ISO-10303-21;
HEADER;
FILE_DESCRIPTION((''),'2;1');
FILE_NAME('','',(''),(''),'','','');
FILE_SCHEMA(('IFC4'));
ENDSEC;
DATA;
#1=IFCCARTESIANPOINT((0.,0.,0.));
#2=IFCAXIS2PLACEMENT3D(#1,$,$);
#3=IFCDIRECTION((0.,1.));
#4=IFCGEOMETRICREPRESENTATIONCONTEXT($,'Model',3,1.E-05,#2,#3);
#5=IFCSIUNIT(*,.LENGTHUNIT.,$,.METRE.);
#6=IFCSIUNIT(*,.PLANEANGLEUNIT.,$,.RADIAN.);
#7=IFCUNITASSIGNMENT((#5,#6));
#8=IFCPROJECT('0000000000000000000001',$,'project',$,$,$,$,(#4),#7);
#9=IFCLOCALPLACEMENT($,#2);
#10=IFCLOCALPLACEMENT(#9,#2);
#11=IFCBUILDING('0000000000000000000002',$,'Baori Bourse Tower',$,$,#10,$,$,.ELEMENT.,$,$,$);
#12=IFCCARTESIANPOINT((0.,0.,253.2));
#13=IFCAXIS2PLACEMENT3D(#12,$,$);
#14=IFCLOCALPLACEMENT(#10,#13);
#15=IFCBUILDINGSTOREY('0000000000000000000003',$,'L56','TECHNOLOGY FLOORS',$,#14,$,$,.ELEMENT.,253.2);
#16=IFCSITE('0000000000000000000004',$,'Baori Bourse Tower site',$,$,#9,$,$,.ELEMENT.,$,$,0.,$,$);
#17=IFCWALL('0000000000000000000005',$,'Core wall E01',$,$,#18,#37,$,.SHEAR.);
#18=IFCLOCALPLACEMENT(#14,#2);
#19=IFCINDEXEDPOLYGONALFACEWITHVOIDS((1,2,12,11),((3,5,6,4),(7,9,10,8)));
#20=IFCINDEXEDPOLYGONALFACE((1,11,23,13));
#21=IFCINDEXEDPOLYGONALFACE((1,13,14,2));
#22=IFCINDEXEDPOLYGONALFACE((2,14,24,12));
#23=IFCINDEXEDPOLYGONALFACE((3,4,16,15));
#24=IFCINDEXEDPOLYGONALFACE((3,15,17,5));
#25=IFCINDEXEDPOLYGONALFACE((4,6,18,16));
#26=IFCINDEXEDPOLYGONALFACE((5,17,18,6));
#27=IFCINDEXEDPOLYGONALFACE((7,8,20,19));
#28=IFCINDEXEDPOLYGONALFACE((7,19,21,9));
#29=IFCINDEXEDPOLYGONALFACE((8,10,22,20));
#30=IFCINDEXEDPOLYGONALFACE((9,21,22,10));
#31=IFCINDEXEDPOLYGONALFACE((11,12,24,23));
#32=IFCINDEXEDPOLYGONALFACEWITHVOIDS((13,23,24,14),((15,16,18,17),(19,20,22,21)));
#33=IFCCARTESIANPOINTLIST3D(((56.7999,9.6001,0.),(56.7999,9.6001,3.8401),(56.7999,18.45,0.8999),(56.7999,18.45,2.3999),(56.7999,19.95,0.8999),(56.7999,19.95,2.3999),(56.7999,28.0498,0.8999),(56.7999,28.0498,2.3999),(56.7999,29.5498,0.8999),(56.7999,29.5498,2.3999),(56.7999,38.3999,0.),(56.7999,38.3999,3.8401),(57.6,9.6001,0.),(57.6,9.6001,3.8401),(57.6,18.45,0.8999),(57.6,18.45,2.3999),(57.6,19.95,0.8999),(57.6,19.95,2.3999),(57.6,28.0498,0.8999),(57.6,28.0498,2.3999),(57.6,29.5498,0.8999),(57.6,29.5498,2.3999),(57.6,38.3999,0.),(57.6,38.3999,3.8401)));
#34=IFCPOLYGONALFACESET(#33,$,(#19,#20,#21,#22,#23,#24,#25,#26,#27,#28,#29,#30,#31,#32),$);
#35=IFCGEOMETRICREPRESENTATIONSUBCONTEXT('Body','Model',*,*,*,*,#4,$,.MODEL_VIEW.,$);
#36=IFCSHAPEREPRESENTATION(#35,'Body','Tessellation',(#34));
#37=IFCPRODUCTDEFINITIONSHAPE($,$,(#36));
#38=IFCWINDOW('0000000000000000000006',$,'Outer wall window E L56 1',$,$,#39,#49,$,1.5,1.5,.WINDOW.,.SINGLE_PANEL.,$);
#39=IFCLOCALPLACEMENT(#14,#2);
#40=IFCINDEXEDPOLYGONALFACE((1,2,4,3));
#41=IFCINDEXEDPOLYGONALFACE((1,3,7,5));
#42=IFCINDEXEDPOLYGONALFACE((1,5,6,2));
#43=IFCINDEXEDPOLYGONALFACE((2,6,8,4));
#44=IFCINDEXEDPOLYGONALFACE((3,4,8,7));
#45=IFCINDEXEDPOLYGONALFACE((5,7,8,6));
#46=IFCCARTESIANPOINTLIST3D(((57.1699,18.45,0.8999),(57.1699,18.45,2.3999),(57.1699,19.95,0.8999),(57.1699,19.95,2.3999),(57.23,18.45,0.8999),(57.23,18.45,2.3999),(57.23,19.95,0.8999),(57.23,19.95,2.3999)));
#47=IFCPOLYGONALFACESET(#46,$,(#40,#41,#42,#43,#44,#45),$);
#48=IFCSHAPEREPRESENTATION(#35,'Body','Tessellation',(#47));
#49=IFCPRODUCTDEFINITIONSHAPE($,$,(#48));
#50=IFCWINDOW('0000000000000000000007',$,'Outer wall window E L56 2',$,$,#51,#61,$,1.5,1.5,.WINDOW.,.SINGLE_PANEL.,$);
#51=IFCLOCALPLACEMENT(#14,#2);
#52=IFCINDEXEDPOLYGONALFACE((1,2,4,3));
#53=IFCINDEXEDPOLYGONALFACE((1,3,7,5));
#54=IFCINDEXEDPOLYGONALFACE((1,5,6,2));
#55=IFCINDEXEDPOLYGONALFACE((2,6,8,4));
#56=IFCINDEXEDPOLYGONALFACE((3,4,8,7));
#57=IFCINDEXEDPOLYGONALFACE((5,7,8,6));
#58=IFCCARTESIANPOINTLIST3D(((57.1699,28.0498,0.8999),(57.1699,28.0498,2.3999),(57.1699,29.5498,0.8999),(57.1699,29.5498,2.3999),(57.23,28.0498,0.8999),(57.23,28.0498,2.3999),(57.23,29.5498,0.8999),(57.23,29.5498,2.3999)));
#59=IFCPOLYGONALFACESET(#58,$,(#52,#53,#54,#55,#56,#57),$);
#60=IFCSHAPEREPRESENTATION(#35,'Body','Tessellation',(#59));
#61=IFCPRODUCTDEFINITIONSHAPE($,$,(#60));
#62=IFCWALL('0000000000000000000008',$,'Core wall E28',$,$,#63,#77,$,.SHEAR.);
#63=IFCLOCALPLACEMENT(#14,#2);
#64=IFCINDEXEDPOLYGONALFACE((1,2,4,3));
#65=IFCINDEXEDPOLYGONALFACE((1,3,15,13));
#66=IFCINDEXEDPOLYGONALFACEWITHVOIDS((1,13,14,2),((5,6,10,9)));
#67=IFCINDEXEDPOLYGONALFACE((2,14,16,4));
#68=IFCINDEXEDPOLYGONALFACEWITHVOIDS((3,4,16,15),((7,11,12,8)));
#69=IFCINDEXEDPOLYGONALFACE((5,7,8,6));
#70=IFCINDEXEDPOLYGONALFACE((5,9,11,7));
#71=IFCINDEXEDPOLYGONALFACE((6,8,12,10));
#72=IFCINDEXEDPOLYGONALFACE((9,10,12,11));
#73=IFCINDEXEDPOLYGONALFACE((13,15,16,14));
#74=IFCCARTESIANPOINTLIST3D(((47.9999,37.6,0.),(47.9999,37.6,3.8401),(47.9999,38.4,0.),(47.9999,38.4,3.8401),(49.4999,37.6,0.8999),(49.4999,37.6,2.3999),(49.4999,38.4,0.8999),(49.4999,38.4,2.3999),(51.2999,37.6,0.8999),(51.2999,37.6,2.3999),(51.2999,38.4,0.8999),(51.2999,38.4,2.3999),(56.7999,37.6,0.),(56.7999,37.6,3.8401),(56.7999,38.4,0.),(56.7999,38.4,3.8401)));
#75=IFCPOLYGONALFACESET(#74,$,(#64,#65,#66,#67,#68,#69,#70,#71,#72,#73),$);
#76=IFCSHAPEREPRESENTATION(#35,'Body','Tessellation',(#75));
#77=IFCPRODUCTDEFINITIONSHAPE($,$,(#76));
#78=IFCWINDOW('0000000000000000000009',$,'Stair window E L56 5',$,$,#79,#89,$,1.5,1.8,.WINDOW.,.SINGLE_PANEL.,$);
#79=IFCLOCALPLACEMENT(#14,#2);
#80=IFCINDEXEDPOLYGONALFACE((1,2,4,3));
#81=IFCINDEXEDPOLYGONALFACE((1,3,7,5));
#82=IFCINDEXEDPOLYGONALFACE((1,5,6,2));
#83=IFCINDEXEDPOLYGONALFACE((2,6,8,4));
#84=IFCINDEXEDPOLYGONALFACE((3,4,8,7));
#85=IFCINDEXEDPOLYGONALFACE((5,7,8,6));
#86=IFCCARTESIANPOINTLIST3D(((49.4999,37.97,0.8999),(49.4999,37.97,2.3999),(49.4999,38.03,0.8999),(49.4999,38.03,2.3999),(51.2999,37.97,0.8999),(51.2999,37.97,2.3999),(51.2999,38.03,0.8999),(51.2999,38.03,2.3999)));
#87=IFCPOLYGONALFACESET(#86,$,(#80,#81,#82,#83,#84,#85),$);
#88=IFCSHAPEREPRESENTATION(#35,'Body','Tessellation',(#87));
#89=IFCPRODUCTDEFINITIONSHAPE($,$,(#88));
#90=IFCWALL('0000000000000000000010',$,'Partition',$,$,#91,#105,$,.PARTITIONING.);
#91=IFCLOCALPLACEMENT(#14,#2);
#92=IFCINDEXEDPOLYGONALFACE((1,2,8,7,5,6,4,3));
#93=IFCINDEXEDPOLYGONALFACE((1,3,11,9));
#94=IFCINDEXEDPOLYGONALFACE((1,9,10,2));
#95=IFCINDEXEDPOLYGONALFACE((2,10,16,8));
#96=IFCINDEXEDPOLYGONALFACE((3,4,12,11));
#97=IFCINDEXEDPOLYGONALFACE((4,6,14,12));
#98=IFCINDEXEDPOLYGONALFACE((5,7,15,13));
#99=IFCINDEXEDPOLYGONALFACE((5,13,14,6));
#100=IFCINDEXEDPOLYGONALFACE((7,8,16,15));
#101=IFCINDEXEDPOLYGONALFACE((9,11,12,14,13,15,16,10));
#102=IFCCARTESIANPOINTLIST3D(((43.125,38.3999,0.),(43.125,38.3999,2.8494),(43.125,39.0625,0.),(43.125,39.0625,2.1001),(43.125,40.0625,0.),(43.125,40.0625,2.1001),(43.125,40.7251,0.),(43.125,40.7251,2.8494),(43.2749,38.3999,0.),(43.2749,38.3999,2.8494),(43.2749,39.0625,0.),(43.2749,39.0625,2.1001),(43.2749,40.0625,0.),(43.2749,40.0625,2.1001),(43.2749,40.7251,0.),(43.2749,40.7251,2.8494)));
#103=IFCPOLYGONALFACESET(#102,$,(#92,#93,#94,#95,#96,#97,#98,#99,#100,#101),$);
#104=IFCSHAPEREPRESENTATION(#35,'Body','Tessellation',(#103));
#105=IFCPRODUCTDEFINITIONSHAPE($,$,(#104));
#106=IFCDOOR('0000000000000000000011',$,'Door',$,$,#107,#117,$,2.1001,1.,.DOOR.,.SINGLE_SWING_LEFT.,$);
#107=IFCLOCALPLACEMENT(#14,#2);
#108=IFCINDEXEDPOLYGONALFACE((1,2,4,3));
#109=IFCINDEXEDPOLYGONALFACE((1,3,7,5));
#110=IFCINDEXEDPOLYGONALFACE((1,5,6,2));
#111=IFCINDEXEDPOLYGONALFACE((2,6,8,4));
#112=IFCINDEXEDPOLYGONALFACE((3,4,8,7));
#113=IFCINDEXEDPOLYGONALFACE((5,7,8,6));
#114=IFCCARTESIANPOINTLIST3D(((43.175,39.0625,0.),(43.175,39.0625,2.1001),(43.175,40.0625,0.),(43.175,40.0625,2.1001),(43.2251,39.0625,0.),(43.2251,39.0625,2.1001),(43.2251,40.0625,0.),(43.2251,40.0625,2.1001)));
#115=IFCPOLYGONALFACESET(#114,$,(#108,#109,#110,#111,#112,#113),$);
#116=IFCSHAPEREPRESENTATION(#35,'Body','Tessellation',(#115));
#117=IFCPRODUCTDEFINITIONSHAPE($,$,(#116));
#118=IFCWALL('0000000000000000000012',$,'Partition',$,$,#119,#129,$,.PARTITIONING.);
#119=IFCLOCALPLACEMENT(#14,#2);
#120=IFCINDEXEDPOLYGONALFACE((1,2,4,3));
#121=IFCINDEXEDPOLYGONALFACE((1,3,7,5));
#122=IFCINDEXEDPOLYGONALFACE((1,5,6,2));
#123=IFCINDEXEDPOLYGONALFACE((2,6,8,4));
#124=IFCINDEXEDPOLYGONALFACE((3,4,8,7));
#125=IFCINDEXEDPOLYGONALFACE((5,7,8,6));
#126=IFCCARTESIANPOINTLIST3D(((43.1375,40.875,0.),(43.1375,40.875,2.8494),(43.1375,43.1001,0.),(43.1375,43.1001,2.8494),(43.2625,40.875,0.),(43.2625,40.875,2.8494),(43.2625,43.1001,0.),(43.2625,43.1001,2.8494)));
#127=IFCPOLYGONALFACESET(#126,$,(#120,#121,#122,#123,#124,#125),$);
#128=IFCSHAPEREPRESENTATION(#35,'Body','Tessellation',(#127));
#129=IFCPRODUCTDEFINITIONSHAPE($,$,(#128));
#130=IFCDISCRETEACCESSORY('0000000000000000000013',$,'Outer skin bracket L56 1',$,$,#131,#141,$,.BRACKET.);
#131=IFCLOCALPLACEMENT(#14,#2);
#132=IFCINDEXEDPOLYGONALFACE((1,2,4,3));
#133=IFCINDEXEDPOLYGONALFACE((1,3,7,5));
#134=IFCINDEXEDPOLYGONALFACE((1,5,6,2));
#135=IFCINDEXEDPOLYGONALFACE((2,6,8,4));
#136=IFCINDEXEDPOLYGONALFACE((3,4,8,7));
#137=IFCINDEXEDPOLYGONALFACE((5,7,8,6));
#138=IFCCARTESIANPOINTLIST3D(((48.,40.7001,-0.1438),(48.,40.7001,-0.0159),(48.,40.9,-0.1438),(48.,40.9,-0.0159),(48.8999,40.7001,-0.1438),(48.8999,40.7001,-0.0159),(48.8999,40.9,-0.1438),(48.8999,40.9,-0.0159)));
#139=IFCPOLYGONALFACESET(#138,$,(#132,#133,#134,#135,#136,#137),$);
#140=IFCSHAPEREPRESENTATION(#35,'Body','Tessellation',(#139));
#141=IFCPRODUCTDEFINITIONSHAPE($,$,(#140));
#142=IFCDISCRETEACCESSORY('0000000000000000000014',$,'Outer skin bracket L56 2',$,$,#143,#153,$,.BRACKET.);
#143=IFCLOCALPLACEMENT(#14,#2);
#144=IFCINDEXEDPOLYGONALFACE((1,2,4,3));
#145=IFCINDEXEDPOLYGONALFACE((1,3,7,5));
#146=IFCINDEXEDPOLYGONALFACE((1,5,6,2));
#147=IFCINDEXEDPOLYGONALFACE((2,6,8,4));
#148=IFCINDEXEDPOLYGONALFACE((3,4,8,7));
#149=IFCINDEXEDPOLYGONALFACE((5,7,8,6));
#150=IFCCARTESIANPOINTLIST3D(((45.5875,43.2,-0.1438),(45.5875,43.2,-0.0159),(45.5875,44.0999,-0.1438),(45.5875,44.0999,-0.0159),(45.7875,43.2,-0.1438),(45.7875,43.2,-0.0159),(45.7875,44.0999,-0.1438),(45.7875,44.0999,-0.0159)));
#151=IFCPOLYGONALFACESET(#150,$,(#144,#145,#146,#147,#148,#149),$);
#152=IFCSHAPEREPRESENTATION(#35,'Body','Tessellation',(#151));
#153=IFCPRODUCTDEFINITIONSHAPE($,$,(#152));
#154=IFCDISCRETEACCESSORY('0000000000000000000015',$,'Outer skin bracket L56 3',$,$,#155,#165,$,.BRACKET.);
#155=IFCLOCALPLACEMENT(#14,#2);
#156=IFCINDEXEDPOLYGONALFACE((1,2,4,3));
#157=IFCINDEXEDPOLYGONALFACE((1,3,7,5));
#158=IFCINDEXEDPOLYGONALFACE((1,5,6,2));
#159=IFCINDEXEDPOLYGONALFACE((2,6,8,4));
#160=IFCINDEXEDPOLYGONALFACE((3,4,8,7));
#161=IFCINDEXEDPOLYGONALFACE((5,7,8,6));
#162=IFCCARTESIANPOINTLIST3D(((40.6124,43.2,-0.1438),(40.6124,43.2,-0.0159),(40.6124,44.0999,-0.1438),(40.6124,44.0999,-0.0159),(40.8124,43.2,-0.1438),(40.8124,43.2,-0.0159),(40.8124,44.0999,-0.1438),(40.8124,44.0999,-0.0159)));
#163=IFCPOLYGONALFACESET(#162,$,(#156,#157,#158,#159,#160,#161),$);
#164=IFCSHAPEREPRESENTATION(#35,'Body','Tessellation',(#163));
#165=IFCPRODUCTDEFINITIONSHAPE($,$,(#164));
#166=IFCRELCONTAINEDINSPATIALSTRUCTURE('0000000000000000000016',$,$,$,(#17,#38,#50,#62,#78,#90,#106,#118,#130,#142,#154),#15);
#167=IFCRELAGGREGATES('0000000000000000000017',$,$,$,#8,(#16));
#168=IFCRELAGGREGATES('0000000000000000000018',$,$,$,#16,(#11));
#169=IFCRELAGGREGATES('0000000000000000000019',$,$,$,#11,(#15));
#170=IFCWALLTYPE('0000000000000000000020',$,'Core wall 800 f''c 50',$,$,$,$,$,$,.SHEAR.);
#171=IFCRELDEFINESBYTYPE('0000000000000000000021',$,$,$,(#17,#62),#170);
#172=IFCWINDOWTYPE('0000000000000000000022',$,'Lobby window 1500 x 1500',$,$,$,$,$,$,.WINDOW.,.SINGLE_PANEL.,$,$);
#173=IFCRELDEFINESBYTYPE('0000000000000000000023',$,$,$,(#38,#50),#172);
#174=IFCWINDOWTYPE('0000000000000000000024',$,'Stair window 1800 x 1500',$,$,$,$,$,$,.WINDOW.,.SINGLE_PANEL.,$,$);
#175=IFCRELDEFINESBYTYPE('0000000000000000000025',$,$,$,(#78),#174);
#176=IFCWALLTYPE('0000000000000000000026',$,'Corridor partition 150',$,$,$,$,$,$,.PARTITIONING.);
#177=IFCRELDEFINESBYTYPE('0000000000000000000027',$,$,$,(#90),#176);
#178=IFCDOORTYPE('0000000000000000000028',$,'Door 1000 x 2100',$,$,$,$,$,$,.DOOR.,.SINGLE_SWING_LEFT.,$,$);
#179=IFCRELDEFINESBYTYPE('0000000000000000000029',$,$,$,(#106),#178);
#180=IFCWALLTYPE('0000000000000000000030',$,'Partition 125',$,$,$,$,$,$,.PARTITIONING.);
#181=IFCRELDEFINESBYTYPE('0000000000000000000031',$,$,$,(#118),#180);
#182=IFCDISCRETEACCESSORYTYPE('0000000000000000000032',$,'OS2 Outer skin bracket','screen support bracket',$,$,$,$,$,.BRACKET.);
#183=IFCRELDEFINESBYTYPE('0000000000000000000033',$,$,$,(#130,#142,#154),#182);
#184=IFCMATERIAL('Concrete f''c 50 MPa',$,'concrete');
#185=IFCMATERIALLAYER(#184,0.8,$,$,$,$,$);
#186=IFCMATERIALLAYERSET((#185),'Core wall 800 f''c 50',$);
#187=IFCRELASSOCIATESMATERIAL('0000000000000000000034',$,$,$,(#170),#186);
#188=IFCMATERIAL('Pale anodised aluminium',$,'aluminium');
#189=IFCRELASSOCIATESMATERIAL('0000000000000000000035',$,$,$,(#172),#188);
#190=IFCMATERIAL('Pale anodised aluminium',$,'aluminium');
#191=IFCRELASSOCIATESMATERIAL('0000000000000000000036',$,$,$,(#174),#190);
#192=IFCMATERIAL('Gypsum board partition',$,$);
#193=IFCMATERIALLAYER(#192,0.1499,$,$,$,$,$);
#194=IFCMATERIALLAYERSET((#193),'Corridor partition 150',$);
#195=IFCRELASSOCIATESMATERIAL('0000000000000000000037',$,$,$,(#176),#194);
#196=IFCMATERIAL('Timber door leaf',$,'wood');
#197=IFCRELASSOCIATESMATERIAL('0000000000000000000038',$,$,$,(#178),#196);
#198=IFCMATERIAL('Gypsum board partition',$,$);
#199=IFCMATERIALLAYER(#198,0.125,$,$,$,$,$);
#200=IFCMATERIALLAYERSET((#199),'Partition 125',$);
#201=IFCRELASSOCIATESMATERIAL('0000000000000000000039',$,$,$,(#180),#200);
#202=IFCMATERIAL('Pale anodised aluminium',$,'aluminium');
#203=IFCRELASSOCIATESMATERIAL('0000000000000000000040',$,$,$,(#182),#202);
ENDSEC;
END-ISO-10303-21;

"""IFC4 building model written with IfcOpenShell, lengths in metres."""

from ifc_helpers import new_model, si_unit, direction, frame, frame_2d, origin, origin_2d, place, context, subcontext, project, spatial, rectangle, extrude, material, layer, layer_set, type_object, element, fill, save


model = new_model("IFC4")

# Units and contexts
model_context = context("Model", 3, precision=1e-05, world=origin(), true_north=direction((0.0, 1.0)))
body_context = subcontext(model_context, "Body", "Model", "MODEL_VIEW")
ifc_project = project(units=[si_unit("LENGTHUNIT", "METRE"), si_unit("PLANEANGLEUNIT", "RADIAN")], contexts=[model_context])

# Site, building, storey
site_placement = place(None, origin())
site = spatial("IfcSite", under=ifc_project, at=site_placement, Name="Baori Bourse Tower site", CompositionType="ELEMENT", RefElevation=0.0)
building_placement = place(site_placement, origin())
building = spatial("IfcBuilding", under=site, at=building_placement, Name="Baori Bourse Tower", CompositionType="ELEMENT")
storey_placement = place(building_placement, frame((0.0, 0.0, 253.2)))
storey = spatial("IfcBuildingStorey", under=building, at=storey_placement, Name="L56", Description="TECHNOLOGY FLOORS", CompositionType="ELEMENT", Elevation=253.2)

# Wall, openings, windows
ifc_material_1 = material(Name="Concrete f'c 50 MPa", Category="concrete")
ifc_layer_1 = layer(ifc_material_1, 0.8)
ifc_layer_set_1 = layer_set([ifc_layer_1], Name="Core wall 800 f'c 50")
wall_type_1 = type_object("IfcWallType", Name="Core wall 800 f'c 50", PredefinedType="SHEAR", material=ifc_layer_set_1)
wall_1_placement = place(storey_placement, frame((57.2, 38.3999, 0.0), z_axis=(0.0, 0.0, 1.0), x_axis=(0.0, -1.0, 0.0)))
wall_1 = element("IfcWall", 1, at=wall_1_placement, inside=storey, type_object=wall_type_1, Name="Core wall E01", PredefinedType="SHEAR", context=body_context, shape_type="SweptSolid", body=[
    extrude(rectangle(XDim=28.7998, YDim=0.8, at=frame_2d((14.3999, 0.0))), origin(), (0.0, 0.0, 1.0), 3.8401),
])
opening_1_placement = place(wall_1_placement, frame((18.45, 0.0, 0.8999)))
opening_1 = element("IfcOpeningElement", 2, at=opening_1_placement, cuts=wall_1, PredefinedType="OPENING", context=body_context, shape_type="SweptSolid", body=[
    extrude(rectangle(XDim=1.5, YDim=1.5, at=frame_2d((0.75, 0.75))), frame((0.0, 0.4099, 0.0), z_axis=(0.0, -1.0, 0.0), x_axis=(1.0, 0.0, 0.0)), (0.0, 0.0, 1.0), 0.8201),
])
opening_2_placement = place(wall_1_placement, frame((8.8501, 0.0, 0.8999)))
opening_2 = element("IfcOpeningElement", 3, at=opening_2_placement, cuts=wall_1, PredefinedType="OPENING", context=body_context, shape_type="SweptSolid", body=[
    extrude(rectangle(XDim=1.5, YDim=1.5, at=frame_2d((0.75, 0.75))), frame((0.0, 0.4099, 0.0), z_axis=(0.0, -1.0, 0.0), x_axis=(1.0, 0.0, 0.0)), (0.0, 0.0, 1.0), 0.8201),
])
ifc_material_2 = material(Name="Pale anodised aluminium", Category="aluminium")
window_type_1 = type_object("IfcWindowType", Name="Lobby window 1500 x 1500", PartitioningType="SINGLE_PANEL", PredefinedType="WINDOW", material=ifc_material_2)
window_1_placement = place(opening_1_placement, origin())
window_1 = element("IfcWindow", 4, at=window_1_placement, inside=storey, type_object=window_type_1, Name="Outer wall window E L56 1", OverallHeight=1.5, OverallWidth=1.5, PartitioningType="SINGLE_PANEL", PredefinedType="WINDOW", context=body_context, shape_type="SweptSolid", body=[
    extrude(rectangle(XDim=1.5, YDim=1.5, at=frame_2d((0.75, 0.75))), frame((0.0, 0.03, 0.0), z_axis=(0.0, -1.0, 0.0), x_axis=(1.0, 0.0, 0.0)), (0.0, 0.0, 1.0), 0.0601),
])
fill(opening_1, window_1)
window_2_placement = place(opening_2_placement, origin())
window_2 = element("IfcWindow", 5, at=window_2_placement, inside=storey, type_object=window_type_1, Name="Outer wall window E L56 2", OverallHeight=1.5, OverallWidth=1.5, PartitioningType="SINGLE_PANEL", PredefinedType="WINDOW", context=body_context, shape_type="SweptSolid", body=[
    extrude(rectangle(XDim=1.5, YDim=1.5, at=frame_2d((0.75, 0.75))), frame((0.0, 0.03, 0.0), z_axis=(0.0, -1.0, 0.0), x_axis=(1.0, 0.0, 0.0)), (0.0, 0.0, 1.0), 0.0601),
])
fill(opening_2, window_2)

# Wall, opening, window
wall_2_placement = place(storey_placement, frame((48.0, 38.0, 0.0), z_axis=(0.0, 0.0, 1.0), x_axis=(1.0, 0.0, 0.0)))
wall_2 = element("IfcWall", 6, at=wall_2_placement, inside=storey, type_object=wall_type_1, Name="Core wall E28", PredefinedType="SHEAR", context=body_context, shape_type="SweptSolid", body=[
    extrude(rectangle(XDim=8.8, YDim=0.8, at=frame_2d((4.3999, 0.0))), origin(), (0.0, 0.0, 1.0), 3.8401),
])
opening_3_placement = place(wall_2_placement, frame((1.5, 0.0, 0.8999)))
opening_3 = element("IfcOpeningElement", 7, at=opening_3_placement, cuts=wall_2, PredefinedType="OPENING", context=body_context, shape_type="SweptSolid", body=[
    extrude(rectangle(XDim=1.8, YDim=1.5, at=frame_2d((0.8999, 0.75))), frame((0.0, 0.4099, 0.0), z_axis=(0.0, -1.0, 0.0), x_axis=(1.0, 0.0, 0.0)), (0.0, 0.0, 1.0), 0.8201),
])
ifc_material_3 = material(Name="Pale anodised aluminium", Category="aluminium")
window_type_2 = type_object("IfcWindowType", Name="Stair window 1800 x 1500", PartitioningType="SINGLE_PANEL", PredefinedType="WINDOW", material=ifc_material_3)
window_3_placement = place(opening_3_placement, origin())
window_3 = element("IfcWindow", 8, at=window_3_placement, inside=storey, type_object=window_type_2, Name="Stair window E L56 5", OverallHeight=1.5, OverallWidth=1.8, PartitioningType="SINGLE_PANEL", PredefinedType="WINDOW", context=body_context, shape_type="SweptSolid", body=[
    extrude(rectangle(XDim=1.8, YDim=1.5, at=frame_2d((0.8999, 0.75))), frame((0.0, 0.03, 0.0), z_axis=(0.0, -1.0, 0.0), x_axis=(1.0, 0.0, 0.0)), (0.0, 0.0, 1.0), 0.0601),
])
fill(opening_3, window_3)

# Wall, opening, door
ifc_material_4 = material(Name="Gypsum board partition")
ifc_layer_2 = layer(ifc_material_4, 0.1499)
ifc_layer_set_2 = layer_set([ifc_layer_2], Name="Corridor partition 150")
wall_type_2 = type_object("IfcWallType", Name="Corridor partition 150", PredefinedType="PARTITIONING", material=ifc_layer_set_2)
wall_3_placement = place(storey_placement, frame((43.2, 38.3999, 0.0), z_axis=(0.0, 0.0, 1.0), x_axis=(0.0, 1.0, 0.0)))
wall_3 = element("IfcWall", 9, at=wall_3_placement, inside=storey, type_object=wall_type_2, Name="Partition", PredefinedType="PARTITIONING", context=body_context, shape_type="SweptSolid", body=[
    extrude(rectangle(XDim=2.3252, YDim=0.1499, at=frame_2d((1.1626, 0.0))), origin(), (0.0, 0.0, 1.0), 2.8494),
])
opening_4_placement = place(wall_3_placement, frame((0.6626, 0.0, 0.0)))
opening_4 = element("IfcOpeningElement", 10, at=opening_4_placement, cuts=wall_3, PredefinedType="OPENING", context=body_context, shape_type="SweptSolid", body=[
    extrude(rectangle(XDim=1.0, YDim=2.1001, at=frame_2d((0.5, 1.05))), frame((0.0, 0.085, 0.0), z_axis=(0.0, -1.0, 0.0), x_axis=(1.0, 0.0, 0.0)), (0.0, 0.0, 1.0), 0.1699),
])
ifc_material_5 = material(Name="Timber door leaf", Category="wood")
door_type = type_object("IfcDoorType", Name="Door 1000 x 2100", OperationType="SINGLE_SWING_LEFT", PredefinedType="DOOR", material=ifc_material_5)
door_placement = place(opening_4_placement, origin())
door = element("IfcDoor", 11, at=door_placement, inside=storey, type_object=door_type, Name="Door", OperationType="SINGLE_SWING_LEFT", OverallHeight=2.1001, OverallWidth=1.0, PredefinedType="DOOR", context=body_context, shape_type="SweptSolid", body=[
    extrude(rectangle(XDim=1.0, YDim=2.1001, at=frame_2d((0.5, 1.05))), frame((0.0, 0.0249, 0.0), z_axis=(0.0, -1.0, 0.0), x_axis=(1.0, 0.0, 0.0)), (0.0, 0.0, 1.0), 0.05),
])
fill(opening_4, door)

# Wall
ifc_material_6 = material(Name="Gypsum board partition")
ifc_layer_3 = layer(ifc_material_6, 0.125)
ifc_layer_set_3 = layer_set([ifc_layer_3], Name="Partition 125")
wall_type_3 = type_object("IfcWallType", Name="Partition 125", PredefinedType="PARTITIONING", material=ifc_layer_set_3)
wall_4_placement = place(storey_placement, frame((43.2, 40.875, 0.0), z_axis=(0.0, 0.0, 1.0), x_axis=(0.0, 1.0, 0.0)))
element("IfcWall", 12, at=wall_4_placement, inside=storey, type_object=wall_type_3, Name="Partition", PredefinedType="PARTITIONING", context=body_context, shape_type="SweptSolid", body=[
    extrude(rectangle(XDim=2.2251, YDim=0.125, at=frame_2d((1.1125, 0.0))), origin(), (0.0, 0.0, 1.0), 2.8494),
])

# Discrete accessories
ifc_material_7 = material(Name="Pale anodised aluminium", Category="aluminium")
discrete_accessory_type = type_object("IfcDiscreteAccessoryType", Name="OS2 Outer skin bracket", Description="screen support bracket", PredefinedType="BRACKET", material=ifc_material_7)
for number, where, z_axis, x_axis, name in (
    (13, (48.45, 40.8, -0.1438), (0.0, 0.0, 1.0), (0.0, 1.0, 0.0), "Outer skin bracket L56 1"),
    (14, (45.6875, 43.6499, -0.1438), (0.0, 0.0, 1.0), (-1.0, 0.0, 0.0), "Outer skin bracket L56 2"),
    (15, (40.7124, 43.6499, -0.1438), (0.0, 0.0, 1.0), (-1.0, 0.0, 0.0), "Outer skin bracket L56 3"),
):
    element("IfcDiscreteAccessory", number, at=place(storey_placement, frame(where, z_axis=z_axis, x_axis=x_axis)), inside=storey, type_object=discrete_accessory_type, Name=name, PredefinedType="BRACKET", context=body_context, shape_type="SweptSolid", body=[
        extrude(rectangle(XDim=0.2, YDim=0.8999, at=origin_2d()), origin(), (0.0, 0.0, 1.0), 0.1279),
    ])

save(model, "model.ifc")
